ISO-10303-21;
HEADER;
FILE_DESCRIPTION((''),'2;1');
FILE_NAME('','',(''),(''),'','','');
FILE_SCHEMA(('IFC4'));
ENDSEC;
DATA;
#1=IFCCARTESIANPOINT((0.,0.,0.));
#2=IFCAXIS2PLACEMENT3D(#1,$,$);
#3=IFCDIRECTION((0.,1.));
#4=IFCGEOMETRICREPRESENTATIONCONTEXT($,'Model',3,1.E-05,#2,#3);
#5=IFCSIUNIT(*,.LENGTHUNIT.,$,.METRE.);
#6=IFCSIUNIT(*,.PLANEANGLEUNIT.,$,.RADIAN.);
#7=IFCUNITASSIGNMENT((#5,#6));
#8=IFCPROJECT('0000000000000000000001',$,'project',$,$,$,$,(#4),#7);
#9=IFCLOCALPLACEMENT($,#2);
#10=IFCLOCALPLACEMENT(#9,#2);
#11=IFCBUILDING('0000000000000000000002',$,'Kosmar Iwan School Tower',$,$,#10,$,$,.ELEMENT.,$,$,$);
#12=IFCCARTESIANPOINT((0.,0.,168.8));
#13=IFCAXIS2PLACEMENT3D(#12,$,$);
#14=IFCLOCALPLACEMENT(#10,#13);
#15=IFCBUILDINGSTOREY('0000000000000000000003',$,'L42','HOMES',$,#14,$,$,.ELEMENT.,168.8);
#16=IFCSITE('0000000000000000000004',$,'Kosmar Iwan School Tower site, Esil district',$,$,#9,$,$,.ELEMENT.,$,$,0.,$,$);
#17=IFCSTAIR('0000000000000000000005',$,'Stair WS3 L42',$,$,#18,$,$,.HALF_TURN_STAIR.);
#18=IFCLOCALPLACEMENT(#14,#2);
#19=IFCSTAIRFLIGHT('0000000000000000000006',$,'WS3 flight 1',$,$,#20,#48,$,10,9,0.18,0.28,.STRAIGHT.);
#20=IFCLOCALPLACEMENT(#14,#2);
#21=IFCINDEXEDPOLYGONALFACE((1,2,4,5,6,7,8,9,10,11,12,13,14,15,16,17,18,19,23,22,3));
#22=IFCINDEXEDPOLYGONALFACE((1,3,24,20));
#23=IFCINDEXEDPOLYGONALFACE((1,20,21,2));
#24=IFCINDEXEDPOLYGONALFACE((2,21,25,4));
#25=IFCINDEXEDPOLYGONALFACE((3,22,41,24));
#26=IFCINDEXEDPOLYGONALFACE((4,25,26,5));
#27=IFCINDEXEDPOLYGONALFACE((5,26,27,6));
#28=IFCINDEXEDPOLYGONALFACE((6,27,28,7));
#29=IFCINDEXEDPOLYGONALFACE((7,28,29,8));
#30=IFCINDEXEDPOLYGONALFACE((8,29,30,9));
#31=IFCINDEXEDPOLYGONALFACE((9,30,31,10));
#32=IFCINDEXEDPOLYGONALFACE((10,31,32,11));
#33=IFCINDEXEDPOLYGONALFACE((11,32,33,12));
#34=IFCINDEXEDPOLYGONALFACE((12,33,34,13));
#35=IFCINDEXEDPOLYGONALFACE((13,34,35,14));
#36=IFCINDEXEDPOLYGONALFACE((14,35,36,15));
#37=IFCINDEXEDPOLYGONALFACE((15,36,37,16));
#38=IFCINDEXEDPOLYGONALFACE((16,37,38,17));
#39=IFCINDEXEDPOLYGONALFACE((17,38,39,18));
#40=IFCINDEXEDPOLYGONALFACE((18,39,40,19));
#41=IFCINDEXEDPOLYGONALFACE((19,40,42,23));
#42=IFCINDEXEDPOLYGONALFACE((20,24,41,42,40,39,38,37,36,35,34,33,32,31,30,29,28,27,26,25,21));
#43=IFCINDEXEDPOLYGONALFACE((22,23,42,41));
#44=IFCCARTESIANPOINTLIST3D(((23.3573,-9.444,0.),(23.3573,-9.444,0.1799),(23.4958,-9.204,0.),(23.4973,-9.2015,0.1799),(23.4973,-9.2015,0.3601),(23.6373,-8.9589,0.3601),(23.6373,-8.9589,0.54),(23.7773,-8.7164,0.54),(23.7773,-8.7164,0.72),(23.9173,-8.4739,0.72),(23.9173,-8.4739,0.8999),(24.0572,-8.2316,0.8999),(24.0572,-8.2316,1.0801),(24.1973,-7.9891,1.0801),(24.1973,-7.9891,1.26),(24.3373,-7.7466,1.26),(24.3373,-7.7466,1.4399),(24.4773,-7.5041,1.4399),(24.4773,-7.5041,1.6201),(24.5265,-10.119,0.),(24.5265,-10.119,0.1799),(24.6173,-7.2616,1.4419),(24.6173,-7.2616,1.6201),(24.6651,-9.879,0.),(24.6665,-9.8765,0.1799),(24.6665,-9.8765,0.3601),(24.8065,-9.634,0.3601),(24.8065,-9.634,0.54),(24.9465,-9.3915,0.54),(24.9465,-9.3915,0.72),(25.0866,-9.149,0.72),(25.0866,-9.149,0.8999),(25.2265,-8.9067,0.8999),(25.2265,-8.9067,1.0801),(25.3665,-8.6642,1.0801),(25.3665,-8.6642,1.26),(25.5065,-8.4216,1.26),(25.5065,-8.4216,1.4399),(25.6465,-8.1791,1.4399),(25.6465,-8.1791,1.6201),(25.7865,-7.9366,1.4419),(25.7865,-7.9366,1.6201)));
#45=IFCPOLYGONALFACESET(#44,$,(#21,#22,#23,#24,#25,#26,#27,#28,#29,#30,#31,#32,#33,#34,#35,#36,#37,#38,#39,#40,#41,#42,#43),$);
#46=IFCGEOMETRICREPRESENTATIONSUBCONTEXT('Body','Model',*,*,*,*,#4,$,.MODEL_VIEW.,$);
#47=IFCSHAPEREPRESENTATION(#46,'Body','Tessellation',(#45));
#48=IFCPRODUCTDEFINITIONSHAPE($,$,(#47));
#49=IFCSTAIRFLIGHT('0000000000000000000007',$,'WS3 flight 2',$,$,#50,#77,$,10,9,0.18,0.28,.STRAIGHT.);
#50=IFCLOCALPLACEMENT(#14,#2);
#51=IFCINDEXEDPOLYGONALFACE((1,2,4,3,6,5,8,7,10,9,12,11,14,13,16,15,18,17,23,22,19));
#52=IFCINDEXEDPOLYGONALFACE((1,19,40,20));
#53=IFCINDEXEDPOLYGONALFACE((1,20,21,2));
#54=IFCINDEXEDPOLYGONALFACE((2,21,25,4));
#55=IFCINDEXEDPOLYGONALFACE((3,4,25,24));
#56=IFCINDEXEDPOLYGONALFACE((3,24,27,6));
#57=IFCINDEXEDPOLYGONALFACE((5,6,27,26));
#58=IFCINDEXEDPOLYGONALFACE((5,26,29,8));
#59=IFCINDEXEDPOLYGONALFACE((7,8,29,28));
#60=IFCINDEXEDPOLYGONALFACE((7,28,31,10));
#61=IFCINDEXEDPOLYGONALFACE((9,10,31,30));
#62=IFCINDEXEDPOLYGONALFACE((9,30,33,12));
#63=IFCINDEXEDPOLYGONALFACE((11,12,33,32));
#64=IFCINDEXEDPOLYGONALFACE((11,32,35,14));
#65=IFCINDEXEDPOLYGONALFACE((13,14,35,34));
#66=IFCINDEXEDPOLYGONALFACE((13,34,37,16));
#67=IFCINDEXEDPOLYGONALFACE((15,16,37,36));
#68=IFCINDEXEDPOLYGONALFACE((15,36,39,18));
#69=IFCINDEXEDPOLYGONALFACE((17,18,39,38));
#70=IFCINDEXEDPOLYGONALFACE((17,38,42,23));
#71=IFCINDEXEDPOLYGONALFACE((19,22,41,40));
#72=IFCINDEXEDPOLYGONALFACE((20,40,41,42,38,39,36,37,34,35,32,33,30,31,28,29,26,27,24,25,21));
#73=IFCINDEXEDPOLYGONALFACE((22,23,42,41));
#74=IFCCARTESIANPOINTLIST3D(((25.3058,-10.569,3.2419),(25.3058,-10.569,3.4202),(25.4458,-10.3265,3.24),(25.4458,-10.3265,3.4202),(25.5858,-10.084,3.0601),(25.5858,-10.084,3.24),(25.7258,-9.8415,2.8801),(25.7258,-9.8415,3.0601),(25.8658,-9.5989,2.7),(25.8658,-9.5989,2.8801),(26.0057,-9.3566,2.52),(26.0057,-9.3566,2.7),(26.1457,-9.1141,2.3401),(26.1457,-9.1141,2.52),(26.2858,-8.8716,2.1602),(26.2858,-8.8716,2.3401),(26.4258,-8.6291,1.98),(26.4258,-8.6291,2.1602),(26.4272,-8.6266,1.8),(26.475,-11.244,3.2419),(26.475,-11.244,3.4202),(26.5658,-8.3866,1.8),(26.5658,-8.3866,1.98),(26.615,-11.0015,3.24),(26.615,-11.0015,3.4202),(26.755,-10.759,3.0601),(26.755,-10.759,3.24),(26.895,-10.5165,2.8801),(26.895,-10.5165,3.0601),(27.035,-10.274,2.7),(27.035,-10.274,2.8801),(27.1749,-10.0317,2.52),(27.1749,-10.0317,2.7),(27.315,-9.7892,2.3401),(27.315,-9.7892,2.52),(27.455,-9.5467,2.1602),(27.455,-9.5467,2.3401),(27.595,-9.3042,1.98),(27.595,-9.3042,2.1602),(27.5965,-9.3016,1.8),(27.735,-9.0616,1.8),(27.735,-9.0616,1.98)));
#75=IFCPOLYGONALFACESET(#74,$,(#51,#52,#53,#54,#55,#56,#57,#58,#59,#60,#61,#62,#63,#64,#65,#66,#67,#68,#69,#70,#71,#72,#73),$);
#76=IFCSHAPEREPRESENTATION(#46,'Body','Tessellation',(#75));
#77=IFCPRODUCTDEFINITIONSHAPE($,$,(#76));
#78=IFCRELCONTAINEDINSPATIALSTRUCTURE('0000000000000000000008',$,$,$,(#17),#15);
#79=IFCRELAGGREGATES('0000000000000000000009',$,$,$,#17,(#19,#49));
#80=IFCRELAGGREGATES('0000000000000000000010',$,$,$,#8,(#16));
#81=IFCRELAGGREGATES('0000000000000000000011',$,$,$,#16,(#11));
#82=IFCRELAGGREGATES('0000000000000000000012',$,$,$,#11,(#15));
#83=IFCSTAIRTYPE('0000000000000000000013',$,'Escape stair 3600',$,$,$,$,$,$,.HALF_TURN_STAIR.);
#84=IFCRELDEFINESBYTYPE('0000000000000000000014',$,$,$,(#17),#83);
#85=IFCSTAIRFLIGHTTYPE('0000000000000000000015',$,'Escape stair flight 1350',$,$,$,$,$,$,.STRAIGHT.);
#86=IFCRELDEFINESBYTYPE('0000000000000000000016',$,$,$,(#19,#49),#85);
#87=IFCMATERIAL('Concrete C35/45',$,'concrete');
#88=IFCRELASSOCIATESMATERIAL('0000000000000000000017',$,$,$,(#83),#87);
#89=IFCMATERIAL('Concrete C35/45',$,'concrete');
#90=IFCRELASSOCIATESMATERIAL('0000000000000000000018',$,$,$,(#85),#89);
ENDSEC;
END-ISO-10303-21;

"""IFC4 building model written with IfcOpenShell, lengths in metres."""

from ifc_helpers import new_model, si_unit, direction, frame, origin, place, context, subcontext, project, spatial, polyline, outline, extrude, material, type_object, element, aggregate, save


model = new_model("IFC4")

# Units and contexts
model_context = context("Model", 3, precision=1e-05, world=origin(), true_north=direction((0.0, 1.0)))
body_context = subcontext(model_context, "Body", "Model", "MODEL_VIEW")
ifc_project = project(units=[si_unit("LENGTHUNIT", "METRE"), si_unit("PLANEANGLEUNIT", "RADIAN")], contexts=[model_context])

# Site, building, storey
site_placement = place(None, origin())
site = spatial("IfcSite", under=ifc_project, at=site_placement, Name="Kosmar Iwan School Tower site, Esil district", CompositionType="ELEMENT", RefElevation=0.0)
building_placement = place(site_placement, origin())
building = spatial("IfcBuilding", under=site, at=building_placement, Name="Kosmar Iwan School Tower", CompositionType="ELEMENT")
storey_placement = place(building_placement, frame((0.0, 0.0, 168.8)))
storey = spatial("IfcBuildingStorey", under=building, at=storey_placement, Name="L42", Description="HOMES", CompositionType="ELEMENT", Elevation=168.8)

# Stair, stair flights
ifc_material_1 = material(Name="Concrete C35/45", Category="concrete")
stair_type = type_object("IfcStairType", Name="Escape stair 3600", PredefinedType="HALF_TURN_STAIR", material=ifc_material_1)
stair_placement = place(storey_placement, origin())
stair = element("IfcStair", 1, at=stair_placement, inside=storey, type_object=stair_type, Name="Stair WS3 L42", PredefinedType="HALF_TURN_STAIR")
ifc_material_2 = material(Name="Concrete C35/45", Category="concrete")
stair_flight_type = type_object("IfcStairFlightType", Name="Escape stair flight 1350", PredefinedType="STRAIGHT", material=ifc_material_2)
stair_flight_1_placement = place(storey_placement, frame((23.9419, -9.7815, 0.0), z_axis=(0.0, 0.0, 1.0), x_axis=(0.5, 0.866025, 0.0)))
stair_flight_1 = element("IfcStairFlight", 2, at=stair_flight_1_placement, type_object=stair_flight_type, Name="WS3 flight 1", NumberOfRisers=10, NumberOfTreads=9, PredefinedType="STRAIGHT", RiserHeight=0.18, TreadLength=0.28, context=body_context, shape_type="SweptSolid", body=[
    extrude(outline(polyline([(0.0, 0.0), (0.0, 0.1799), (0.28, 0.1799), (0.28, 0.3601), (0.5601, 0.3601), (0.5601, 0.54), (0.8401, 0.54), (0.8401, 0.72), (1.1201, 0.72), (1.1201, 0.8999), (1.3999, 0.8999), (1.3999, 1.0801), (1.6799, 1.0801), (1.6799, 1.26), (1.96, 1.26), (1.96, 1.4399), (2.24, 1.4399), (2.24, 1.6201), (2.52, 1.6201), (2.52, 1.8), (2.52, 1.4419), (0.2771, 0.0), (0.0, 0.0)])), frame((0.0, 0.675, 0.0), z_axis=(0.0, -1.0, 0.0), x_axis=(1.0, 0.0, 0.0)), (0.0, 0.0, 1.0), 1.3501),
])
stair_flight_2_placement = place(storey_placement, frame((27.1504, -8.7241, 1.8), z_axis=(0.0, 0.0, 1.0), x_axis=(-0.5, -0.866025, 0.0)))
stair_flight_2 = element("IfcStairFlight", 3, at=stair_flight_2_placement, type_object=stair_flight_type, Name="WS3 flight 2", NumberOfRisers=10, NumberOfTreads=9, PredefinedType="STRAIGHT", RiserHeight=0.18, TreadLength=0.28, context=body_context, shape_type="SweptSolid", body=[
    extrude(outline(polyline([(0.0, 0.0), (0.0, 0.1799), (0.28, 0.1799), (0.28, 0.3601), (0.5601, 0.3601), (0.5601, 0.54), (0.8401, 0.54), (0.8401, 0.72), (1.1201, 0.72), (1.1201, 0.8999), (1.3999, 0.8999), (1.3999, 1.0801), (1.6799, 1.0801), (1.6799, 1.26), (1.96, 1.26), (1.96, 1.4399), (2.24, 1.4399), (2.24, 1.6201), (2.52, 1.6201), (2.52, 1.8), (2.52, 1.4419), (0.2771, 0.0), (0.0, 0.0)])), frame((0.0, 0.675, 0.0), z_axis=(0.0, -1.0, 0.0), x_axis=(1.0, 0.0, 0.0)), (0.0, 0.0, 1.0), 1.3501),
])
aggregate(stair, [stair_flight_1, stair_flight_2])

save(model, "model.ifc")
